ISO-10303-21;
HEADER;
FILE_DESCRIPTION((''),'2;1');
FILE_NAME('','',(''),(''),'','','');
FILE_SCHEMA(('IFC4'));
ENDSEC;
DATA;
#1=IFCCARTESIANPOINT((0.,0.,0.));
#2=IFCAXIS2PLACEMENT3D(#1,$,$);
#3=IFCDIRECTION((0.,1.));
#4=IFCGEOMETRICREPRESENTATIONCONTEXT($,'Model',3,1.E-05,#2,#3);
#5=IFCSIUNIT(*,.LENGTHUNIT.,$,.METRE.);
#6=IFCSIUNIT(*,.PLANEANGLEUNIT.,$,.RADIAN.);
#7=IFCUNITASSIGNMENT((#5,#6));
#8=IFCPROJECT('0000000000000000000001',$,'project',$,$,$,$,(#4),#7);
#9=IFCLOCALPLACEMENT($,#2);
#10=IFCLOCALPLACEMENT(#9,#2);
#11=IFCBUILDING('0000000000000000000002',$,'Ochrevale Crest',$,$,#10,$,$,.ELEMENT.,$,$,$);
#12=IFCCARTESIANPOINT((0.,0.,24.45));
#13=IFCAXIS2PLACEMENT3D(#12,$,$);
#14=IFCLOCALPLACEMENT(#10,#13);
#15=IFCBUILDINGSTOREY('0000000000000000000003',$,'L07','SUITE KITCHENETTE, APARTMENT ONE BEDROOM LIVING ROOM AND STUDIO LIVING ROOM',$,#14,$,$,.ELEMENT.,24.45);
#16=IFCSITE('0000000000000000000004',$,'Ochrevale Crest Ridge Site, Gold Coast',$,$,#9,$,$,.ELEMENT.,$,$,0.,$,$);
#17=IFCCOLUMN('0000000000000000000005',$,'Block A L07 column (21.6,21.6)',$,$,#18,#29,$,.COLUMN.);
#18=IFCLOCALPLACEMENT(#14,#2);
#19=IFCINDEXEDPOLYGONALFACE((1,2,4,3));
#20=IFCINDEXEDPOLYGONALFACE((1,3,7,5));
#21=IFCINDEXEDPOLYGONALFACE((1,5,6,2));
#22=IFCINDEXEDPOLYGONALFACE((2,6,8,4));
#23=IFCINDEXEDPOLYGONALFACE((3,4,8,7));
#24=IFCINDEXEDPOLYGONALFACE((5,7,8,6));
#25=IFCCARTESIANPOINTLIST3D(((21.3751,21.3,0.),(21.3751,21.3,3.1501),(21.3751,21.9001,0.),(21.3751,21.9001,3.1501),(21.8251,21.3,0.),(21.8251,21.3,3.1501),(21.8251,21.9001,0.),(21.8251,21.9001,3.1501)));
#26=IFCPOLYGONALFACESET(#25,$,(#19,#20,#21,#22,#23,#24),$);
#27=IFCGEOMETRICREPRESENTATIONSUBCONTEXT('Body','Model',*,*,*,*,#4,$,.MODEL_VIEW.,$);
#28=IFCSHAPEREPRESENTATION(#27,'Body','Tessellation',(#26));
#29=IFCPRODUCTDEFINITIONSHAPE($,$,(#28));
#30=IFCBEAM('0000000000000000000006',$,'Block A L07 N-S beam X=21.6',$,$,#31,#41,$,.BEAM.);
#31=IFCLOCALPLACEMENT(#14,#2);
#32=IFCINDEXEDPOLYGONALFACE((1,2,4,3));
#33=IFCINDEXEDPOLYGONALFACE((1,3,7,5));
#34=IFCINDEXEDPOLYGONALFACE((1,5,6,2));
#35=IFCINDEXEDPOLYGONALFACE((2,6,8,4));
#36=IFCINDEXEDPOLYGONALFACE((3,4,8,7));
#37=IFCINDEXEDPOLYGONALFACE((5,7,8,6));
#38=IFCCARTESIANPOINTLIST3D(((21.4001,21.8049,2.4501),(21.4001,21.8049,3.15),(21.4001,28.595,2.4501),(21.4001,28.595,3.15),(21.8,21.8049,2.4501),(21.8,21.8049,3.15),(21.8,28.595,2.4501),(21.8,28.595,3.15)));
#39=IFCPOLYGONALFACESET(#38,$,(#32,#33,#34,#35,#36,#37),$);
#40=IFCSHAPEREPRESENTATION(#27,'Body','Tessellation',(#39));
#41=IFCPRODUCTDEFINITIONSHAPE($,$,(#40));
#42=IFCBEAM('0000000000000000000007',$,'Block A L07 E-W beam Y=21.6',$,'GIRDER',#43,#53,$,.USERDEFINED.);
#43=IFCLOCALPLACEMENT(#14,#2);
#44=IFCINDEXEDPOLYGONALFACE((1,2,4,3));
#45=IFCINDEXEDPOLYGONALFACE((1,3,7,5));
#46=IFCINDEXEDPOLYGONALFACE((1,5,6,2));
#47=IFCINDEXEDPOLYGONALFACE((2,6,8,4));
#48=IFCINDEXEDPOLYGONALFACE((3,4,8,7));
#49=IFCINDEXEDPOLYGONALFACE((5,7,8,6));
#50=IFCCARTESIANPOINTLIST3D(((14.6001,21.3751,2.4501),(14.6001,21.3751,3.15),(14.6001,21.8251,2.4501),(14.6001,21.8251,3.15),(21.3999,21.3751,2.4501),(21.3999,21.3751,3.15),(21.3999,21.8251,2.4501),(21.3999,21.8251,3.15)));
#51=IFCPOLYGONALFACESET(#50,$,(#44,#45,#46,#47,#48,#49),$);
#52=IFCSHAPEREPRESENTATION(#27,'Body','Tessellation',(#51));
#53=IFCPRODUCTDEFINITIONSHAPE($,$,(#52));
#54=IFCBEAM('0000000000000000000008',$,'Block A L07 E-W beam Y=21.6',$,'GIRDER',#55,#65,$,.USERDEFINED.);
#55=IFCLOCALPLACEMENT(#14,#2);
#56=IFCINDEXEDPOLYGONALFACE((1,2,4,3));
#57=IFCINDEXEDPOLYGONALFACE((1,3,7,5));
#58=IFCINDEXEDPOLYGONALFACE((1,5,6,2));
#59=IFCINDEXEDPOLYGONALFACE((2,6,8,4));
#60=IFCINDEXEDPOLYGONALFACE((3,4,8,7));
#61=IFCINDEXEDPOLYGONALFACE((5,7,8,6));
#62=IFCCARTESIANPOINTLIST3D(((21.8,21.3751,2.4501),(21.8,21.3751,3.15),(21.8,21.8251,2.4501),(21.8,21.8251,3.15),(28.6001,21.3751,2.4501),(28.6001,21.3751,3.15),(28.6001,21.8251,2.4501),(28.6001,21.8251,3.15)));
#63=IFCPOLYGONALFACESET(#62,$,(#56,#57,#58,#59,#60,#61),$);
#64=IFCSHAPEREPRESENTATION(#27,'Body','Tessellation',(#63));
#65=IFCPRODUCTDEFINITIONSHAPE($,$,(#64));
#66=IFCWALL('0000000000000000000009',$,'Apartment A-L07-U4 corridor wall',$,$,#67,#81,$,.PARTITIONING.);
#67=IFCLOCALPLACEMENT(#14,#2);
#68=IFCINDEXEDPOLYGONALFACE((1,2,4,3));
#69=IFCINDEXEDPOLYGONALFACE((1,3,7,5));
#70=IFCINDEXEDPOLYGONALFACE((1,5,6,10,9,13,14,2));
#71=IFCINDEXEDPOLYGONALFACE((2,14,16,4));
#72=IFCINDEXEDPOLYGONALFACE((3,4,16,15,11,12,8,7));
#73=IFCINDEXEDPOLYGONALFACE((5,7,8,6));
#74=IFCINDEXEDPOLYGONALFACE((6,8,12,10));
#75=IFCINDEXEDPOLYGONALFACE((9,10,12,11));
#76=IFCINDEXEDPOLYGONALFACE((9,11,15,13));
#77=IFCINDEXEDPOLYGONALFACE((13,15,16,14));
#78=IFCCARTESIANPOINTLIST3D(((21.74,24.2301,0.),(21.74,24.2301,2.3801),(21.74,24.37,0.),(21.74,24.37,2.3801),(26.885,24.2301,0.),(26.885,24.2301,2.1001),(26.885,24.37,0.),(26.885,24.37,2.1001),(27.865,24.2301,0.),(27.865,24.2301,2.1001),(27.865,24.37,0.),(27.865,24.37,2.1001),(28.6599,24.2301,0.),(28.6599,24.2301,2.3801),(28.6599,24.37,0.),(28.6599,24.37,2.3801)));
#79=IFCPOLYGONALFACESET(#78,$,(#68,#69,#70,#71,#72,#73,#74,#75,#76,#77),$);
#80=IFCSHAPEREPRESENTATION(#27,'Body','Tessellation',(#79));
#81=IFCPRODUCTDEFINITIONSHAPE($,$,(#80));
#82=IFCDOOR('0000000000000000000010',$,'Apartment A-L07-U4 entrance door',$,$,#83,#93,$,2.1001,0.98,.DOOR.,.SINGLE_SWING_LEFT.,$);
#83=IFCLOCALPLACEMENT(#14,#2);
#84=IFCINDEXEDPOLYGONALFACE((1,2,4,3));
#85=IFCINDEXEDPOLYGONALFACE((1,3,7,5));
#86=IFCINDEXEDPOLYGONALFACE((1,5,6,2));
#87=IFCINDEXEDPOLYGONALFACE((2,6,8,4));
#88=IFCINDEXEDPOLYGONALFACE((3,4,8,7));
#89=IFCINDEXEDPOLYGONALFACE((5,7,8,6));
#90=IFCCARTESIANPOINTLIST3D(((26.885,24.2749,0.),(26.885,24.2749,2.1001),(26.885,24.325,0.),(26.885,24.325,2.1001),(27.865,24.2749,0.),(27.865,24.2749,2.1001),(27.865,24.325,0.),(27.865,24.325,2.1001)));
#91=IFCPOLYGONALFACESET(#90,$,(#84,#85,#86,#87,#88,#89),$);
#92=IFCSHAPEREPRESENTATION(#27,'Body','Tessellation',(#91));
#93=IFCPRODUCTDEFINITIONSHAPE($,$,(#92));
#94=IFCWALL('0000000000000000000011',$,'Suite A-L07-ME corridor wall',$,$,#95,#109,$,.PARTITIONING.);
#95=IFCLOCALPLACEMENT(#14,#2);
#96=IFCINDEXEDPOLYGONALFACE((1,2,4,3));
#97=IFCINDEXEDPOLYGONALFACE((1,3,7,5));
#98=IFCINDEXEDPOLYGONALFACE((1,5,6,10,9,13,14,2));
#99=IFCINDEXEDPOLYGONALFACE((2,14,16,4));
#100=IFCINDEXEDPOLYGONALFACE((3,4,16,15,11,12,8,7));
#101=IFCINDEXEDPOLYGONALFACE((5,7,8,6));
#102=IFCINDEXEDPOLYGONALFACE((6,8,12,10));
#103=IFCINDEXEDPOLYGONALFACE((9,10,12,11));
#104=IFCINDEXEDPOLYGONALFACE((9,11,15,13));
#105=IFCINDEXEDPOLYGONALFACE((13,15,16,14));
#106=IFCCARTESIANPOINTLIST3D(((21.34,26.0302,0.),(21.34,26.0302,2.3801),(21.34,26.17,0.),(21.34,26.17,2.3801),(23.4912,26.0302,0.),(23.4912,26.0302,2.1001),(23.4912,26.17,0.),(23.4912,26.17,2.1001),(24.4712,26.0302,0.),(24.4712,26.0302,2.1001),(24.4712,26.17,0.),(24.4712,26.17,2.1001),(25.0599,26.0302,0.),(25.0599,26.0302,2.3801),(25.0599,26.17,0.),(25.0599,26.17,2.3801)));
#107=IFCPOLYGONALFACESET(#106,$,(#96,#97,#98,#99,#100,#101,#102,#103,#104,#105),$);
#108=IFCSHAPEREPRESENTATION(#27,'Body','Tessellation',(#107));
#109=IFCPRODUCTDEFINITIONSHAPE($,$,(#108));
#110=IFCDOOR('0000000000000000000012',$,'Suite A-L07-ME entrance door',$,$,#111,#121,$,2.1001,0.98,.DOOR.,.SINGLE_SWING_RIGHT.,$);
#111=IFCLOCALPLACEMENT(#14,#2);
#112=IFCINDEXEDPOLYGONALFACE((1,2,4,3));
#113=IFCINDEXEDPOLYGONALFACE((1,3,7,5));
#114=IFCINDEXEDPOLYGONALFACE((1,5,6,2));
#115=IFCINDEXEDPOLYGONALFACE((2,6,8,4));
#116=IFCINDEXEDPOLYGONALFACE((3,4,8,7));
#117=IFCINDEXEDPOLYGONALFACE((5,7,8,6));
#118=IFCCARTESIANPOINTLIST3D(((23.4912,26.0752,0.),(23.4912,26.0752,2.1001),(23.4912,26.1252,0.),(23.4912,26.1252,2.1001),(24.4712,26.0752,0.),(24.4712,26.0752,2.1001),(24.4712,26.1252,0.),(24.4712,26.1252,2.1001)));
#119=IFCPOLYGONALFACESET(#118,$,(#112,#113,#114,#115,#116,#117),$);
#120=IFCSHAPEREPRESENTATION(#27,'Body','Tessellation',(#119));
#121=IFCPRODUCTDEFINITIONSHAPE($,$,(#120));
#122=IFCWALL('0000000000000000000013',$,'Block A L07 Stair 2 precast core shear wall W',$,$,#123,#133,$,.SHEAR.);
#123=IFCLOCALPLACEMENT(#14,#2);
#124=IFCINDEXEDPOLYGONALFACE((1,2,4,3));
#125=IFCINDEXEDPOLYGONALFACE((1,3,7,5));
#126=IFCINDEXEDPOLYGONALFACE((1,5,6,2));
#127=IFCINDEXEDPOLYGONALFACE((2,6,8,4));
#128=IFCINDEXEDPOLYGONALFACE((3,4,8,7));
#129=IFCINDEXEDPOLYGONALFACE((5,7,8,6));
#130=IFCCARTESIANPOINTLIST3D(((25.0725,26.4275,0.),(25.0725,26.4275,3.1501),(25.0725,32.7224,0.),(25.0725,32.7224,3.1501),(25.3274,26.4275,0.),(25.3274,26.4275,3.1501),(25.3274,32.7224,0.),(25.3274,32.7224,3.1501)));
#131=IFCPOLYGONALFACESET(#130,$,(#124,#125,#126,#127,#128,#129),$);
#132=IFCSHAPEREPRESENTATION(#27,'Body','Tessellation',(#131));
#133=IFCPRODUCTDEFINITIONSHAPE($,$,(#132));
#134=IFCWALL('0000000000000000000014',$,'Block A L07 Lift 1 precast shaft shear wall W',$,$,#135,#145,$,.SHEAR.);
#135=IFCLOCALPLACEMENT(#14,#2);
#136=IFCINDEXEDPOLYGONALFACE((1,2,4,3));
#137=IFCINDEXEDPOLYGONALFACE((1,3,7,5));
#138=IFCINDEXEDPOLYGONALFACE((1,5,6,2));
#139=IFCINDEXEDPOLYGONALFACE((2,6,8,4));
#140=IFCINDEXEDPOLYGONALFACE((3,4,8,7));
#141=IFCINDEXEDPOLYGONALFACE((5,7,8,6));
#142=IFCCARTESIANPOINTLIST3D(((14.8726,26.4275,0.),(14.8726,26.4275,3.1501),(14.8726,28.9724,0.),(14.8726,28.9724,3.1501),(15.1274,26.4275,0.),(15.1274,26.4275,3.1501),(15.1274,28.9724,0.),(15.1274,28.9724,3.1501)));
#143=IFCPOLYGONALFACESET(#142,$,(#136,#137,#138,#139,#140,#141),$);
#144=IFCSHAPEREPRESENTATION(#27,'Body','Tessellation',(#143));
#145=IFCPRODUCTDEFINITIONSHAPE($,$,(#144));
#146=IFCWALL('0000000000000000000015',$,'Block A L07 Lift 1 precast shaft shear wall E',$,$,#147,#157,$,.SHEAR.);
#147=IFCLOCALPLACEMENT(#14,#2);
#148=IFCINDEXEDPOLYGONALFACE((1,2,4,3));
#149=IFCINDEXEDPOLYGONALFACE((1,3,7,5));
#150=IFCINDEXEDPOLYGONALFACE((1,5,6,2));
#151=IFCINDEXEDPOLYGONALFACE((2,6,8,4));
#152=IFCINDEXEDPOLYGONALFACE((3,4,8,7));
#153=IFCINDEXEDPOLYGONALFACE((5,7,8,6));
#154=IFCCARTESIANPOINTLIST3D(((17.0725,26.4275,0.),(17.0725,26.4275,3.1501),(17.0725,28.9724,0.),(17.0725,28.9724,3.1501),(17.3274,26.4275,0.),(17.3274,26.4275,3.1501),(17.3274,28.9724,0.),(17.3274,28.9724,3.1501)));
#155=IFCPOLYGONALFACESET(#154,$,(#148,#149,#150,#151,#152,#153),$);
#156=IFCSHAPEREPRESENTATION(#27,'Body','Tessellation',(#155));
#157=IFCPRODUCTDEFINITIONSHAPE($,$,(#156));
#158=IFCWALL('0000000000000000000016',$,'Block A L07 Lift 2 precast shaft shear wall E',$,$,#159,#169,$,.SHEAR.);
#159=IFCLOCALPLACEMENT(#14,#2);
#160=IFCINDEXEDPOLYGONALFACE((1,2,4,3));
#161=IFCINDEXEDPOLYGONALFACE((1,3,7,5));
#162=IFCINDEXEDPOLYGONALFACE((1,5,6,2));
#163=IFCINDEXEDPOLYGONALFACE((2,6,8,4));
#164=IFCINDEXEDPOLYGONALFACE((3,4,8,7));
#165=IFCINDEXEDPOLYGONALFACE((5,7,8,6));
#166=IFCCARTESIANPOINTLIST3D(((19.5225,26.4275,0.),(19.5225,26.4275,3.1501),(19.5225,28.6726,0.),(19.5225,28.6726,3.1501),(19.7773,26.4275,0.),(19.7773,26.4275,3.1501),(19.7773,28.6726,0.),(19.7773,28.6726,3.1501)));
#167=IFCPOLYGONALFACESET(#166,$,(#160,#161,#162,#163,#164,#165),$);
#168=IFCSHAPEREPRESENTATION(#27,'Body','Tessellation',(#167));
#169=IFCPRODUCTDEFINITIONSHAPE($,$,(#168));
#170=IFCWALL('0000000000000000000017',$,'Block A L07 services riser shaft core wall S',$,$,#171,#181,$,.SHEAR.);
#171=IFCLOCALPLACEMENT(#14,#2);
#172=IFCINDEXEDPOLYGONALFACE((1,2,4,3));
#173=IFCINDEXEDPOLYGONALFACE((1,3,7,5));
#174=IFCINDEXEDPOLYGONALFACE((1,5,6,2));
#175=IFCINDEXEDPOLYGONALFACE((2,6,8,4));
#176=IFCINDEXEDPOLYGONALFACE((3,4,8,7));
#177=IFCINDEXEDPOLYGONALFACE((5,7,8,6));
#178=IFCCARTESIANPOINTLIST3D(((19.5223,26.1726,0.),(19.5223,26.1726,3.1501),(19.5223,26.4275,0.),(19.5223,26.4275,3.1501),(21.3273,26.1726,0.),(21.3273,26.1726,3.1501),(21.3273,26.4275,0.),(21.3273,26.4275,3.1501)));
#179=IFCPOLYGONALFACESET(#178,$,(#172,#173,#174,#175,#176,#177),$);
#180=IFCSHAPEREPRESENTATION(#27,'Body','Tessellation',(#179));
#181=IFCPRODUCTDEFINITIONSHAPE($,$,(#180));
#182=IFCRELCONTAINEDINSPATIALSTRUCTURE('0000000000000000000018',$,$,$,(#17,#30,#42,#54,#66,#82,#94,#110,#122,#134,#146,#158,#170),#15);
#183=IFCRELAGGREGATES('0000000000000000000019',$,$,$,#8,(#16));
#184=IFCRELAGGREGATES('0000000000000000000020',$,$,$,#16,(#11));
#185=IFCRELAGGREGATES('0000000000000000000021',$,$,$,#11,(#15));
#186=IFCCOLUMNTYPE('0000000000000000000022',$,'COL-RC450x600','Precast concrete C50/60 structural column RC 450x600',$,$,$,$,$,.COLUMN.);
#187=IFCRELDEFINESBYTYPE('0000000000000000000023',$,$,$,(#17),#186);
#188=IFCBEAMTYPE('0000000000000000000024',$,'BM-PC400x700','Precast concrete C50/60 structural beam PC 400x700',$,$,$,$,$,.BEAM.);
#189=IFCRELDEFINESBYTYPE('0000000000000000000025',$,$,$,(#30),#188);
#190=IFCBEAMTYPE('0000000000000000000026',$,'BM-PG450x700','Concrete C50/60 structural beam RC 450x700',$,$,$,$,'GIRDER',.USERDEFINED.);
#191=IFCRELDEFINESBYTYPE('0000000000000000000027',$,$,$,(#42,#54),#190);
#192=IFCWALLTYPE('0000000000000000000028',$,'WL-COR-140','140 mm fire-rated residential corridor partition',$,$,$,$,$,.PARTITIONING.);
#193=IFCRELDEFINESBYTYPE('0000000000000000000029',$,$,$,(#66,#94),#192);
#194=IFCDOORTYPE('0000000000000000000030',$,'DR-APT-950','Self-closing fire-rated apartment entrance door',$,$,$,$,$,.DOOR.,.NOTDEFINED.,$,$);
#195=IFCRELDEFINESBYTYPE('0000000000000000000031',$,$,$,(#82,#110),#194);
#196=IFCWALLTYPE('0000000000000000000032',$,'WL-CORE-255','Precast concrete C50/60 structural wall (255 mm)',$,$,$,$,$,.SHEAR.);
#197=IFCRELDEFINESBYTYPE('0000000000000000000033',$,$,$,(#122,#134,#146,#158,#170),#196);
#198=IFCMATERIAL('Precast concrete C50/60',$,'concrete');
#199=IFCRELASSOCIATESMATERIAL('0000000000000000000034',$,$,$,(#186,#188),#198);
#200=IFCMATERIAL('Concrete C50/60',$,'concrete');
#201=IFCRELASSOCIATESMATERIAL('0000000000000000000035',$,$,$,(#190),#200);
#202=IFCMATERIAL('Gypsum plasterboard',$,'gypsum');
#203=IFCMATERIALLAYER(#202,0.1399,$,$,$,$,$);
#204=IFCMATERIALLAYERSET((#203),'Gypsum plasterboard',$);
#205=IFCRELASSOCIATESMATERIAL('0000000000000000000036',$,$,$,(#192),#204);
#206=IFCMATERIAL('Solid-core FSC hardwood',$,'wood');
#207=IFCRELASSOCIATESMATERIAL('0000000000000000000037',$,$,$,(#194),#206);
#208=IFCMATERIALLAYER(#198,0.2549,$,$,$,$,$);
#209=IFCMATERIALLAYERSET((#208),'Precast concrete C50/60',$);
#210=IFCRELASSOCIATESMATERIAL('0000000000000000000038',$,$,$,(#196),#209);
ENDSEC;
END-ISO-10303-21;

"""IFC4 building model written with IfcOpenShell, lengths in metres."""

from ifc_helpers import new_model, si_unit, direction, frame, frame_2d, origin, origin_2d, place, context, subcontext, project, spatial, rectangle, extrude, material, layer, layer_set, material_profile, profile_set, type_object, element, fill, save


model = new_model("IFC4")

# Units and contexts
model_context = context("Model", 3, precision=1e-05, world=origin(), true_north=direction((0.0, 1.0)))
body_context = subcontext(model_context, "Body", "Model", "MODEL_VIEW")
ifc_project = project(units=[si_unit("LENGTHUNIT", "METRE"), si_unit("PLANEANGLEUNIT", "RADIAN")], contexts=[model_context])

# Site, building, storey
site_placement = place(None, origin())
site = spatial("IfcSite", under=ifc_project, at=site_placement, Name="Ochrevale Crest Ridge Site, Gold Coast", CompositionType="ELEMENT", RefElevation=0.0)
building_placement = place(site_placement, origin())
building = spatial("IfcBuilding", under=site, at=building_placement, Name="Ochrevale Crest", CompositionType="ELEMENT")
storey_placement = place(building_placement, frame((0.0, 0.0, 24.45)))
storey = spatial("IfcBuildingStorey", under=building, at=storey_placement, Name="L07", Description="SUITE KITCHENETTE, APARTMENT ONE BEDROOM LIVING ROOM AND STUDIO LIVING ROOM", CompositionType="ELEMENT", Elevation=24.45)

# Column
ifc_material_1 = material(Name="Precast concrete C50/60", Category="concrete")
ifc_material_profile_1 = material_profile(ifc_material_1, rectangle(XDim=0.45, YDim=0.6001, at=origin_2d()), Name="RC 450x600")
ifc_profile_set_1 = profile_set([ifc_material_profile_1], Name="Precast concrete C50/60")
column_type = type_object("IfcColumnType", Name="COL-RC450x600", Description="Precast concrete C50/60 structural column RC 450x600", PredefinedType="COLUMN", material=ifc_profile_set_1)
column_placement = place(storey_placement, frame((21.6001, 21.6001, 0.0), z_axis=(0.0, 0.0, 1.0), x_axis=(1.0, 0.0, 0.0)))
element("IfcColumn", 1, at=column_placement, inside=storey, type_object=column_type, Name="Block A L07 column (21.6,21.6)", PredefinedType="COLUMN", context=body_context, shape_type="SweptSolid", body=[
    extrude(rectangle(XDim=0.45, YDim=0.6001, at=origin_2d()), origin(), (0.0, 0.0, 1.0), 3.1501),
])

# Beams
ifc_material_profile_2 = material_profile(ifc_material_1, rectangle(XDim=0.3999, YDim=0.7, at=origin_2d()), Name="PC 400x700")
ifc_profile_set_2 = profile_set([ifc_material_profile_2], Name="Precast concrete C50/60")
beam_type_1 = type_object("IfcBeamType", Name="BM-PC400x700", Description="Precast concrete C50/60 structural beam PC 400x700", PredefinedType="BEAM", material=ifc_profile_set_2)
beam_1_placement = place(storey_placement, frame((21.6001, 21.8049, 2.8), z_axis=(0.0, 1.0, 0.0), x_axis=(-1.0, 0.0, 0.0)))
element("IfcBeam", 2, at=beam_1_placement, inside=storey, type_object=beam_type_1, Name="Block A L07 N-S beam X=21.6", PredefinedType="BEAM", context=body_context, shape_type="SweptSolid", body=[
    extrude(rectangle(XDim=0.3999, YDim=0.7, at=origin_2d()), origin(), (0.0, 0.0, 1.0), 6.79),
])
ifc_material_2 = material(Name="Concrete C50/60", Category="concrete")
ifc_material_profile_3 = material_profile(ifc_material_2, rectangle(XDim=0.45, YDim=0.7, at=origin_2d()), Name="RC 450x700")
ifc_profile_set_3 = profile_set([ifc_material_profile_3], Name="Concrete C50/60")
beam_type_2 = type_object("IfcBeamType", Name="BM-PG450x700", Description="Concrete C50/60 structural beam RC 450x700", ElementType="GIRDER", PredefinedType="USERDEFINED", material=ifc_profile_set_3)
beam_2_placement = place(storey_placement, frame((14.6001, 21.6001, 2.8), z_axis=(1.0, 0.0, 0.0), x_axis=(0.0, 1.0, 0.0)))
element("IfcBeam", 3, at=beam_2_placement, inside=storey, type_object=beam_type_2, Name="Block A L07 E-W beam Y=21.6", ObjectType="GIRDER", PredefinedType="USERDEFINED", context=body_context, shape_type="SweptSolid", body=[
    extrude(rectangle(XDim=0.45, YDim=0.7, at=origin_2d()), origin(), (0.0, 0.0, 1.0), 6.7998),
])
beam_3_placement = place(storey_placement, frame((21.8, 21.6001, 2.8), z_axis=(1.0, 0.0, 0.0), x_axis=(0.0, 1.0, 0.0)))
element("IfcBeam", 4, at=beam_3_placement, inside=storey, type_object=beam_type_2, Name="Block A L07 E-W beam Y=21.6", ObjectType="GIRDER", PredefinedType="USERDEFINED", context=body_context, shape_type="SweptSolid", body=[
    extrude(rectangle(XDim=0.45, YDim=0.7, at=origin_2d()), origin(), (0.0, 0.0, 1.0), 6.8),
])

# Walls, openings, doors
ifc_material_3 = material(Name="Gypsum plasterboard", Category="gypsum")
ifc_layer_1 = layer(ifc_material_3, 0.1399)
ifc_layer_set_1 = layer_set([ifc_layer_1], Name="Gypsum plasterboard")
wall_type_1 = type_object("IfcWallType", Name="WL-COR-140", Description="140 mm fire-rated residential corridor partition", PredefinedType="PARTITIONING", material=ifc_layer_set_1)
wall_1_placement = place(storey_placement, frame((21.74, 24.3, 0.0), z_axis=(0.0, 0.0, 1.0), x_axis=(1.0, 0.0, 0.0)))
wall_1 = element("IfcWall", 5, at=wall_1_placement, inside=storey, type_object=wall_type_1, Name="Apartment A-L07-U4 corridor wall", PredefinedType="PARTITIONING", context=body_context, shape_type="SweptSolid", body=[
    extrude(rectangle(XDim=6.9199, YDim=0.1399, at=frame_2d((3.46, 0.0))), origin(), (0.0, 0.0, 1.0), 2.3801),
])
opening_1_placement = place(wall_1_placement, frame((5.145, 0.0, 0.0)))
opening_1 = element("IfcOpeningElement", 6, at=opening_1_placement, cuts=wall_1, PredefinedType="OPENING", context=body_context, shape_type="SweptSolid", body=[
    extrude(rectangle(XDim=0.98, YDim=2.1001, at=frame_2d((0.49, 1.05))), frame((0.0, 0.0801, 0.0), z_axis=(0.0, -1.0, 0.0), x_axis=(1.0, 0.0, 0.0)), (0.0, 0.0, 1.0), 0.1599),
])
ifc_material_4 = material(Name="Solid-core FSC hardwood", Category="wood")
door_type_1 = type_object("IfcDoorType", Name="DR-APT-950", Description="Self-closing fire-rated apartment entrance door", OperationType="NOTDEFINED", PredefinedType="DOOR", material=ifc_material_4)
door_1_placement = place(opening_1_placement, origin())
door_1 = element("IfcDoor", 7, at=door_1_placement, inside=storey, type_object=door_type_1, Name="Apartment A-L07-U4 entrance door", OperationType="SINGLE_SWING_LEFT", OverallHeight=2.1001, OverallWidth=0.98, PredefinedType="DOOR", context=body_context, shape_type="SweptSolid", body=[
    extrude(rectangle(XDim=0.98, YDim=2.1001, at=frame_2d((0.49, 1.05))), frame((0.0, 0.0249, 0.0), z_axis=(0.0, -1.0, 0.0), x_axis=(1.0, 0.0, 0.0)), (0.0, 0.0, 1.0), 0.05),
])
fill(opening_1, door_1)
wall_2_placement = place(storey_placement, frame((21.3401, 26.1001, 0.0), z_axis=(0.0, 0.0, 1.0), x_axis=(1.0, 0.0, 0.0)))
wall_2 = element("IfcWall", 8, at=wall_2_placement, inside=storey, type_object=wall_type_1, Name="Suite A-L07-ME corridor wall", PredefinedType="PARTITIONING", context=body_context, shape_type="SweptSolid", body=[
    extrude(rectangle(XDim=3.72, YDim=0.1399, at=frame_2d((1.8599, 0.0))), origin(), (0.0, 0.0, 1.0), 2.3801),
])
opening_2_placement = place(wall_2_placement, frame((3.1311, 0.0, 0.0), z_axis=(0.0, 0.0, 1.0), x_axis=(-1.0, 0.0, 0.0)))
opening_2 = element("IfcOpeningElement", 9, at=opening_2_placement, cuts=wall_2, PredefinedType="OPENING", context=body_context, shape_type="SweptSolid", body=[
    extrude(rectangle(XDim=0.98, YDim=2.1001, at=frame_2d((0.49, 1.05))), frame((0.0, 0.0801, 0.0), z_axis=(0.0, -1.0, 0.0), x_axis=(1.0, 0.0, 0.0)), (0.0, 0.0, 1.0), 0.1599),
])
door_2_placement = place(opening_2_placement, origin())
door_2 = element("IfcDoor", 10, at=door_2_placement, inside=storey, type_object=door_type_1, Name="Suite A-L07-ME entrance door", OperationType="SINGLE_SWING_RIGHT", OverallHeight=2.1001, OverallWidth=0.98, PredefinedType="DOOR", context=body_context, shape_type="SweptSolid", body=[
    extrude(rectangle(XDim=0.98, YDim=2.1001, at=frame_2d((0.49, 1.05))), frame((0.0, 0.0249, 0.0), z_axis=(0.0, -1.0, 0.0), x_axis=(1.0, 0.0, 0.0)), (0.0, 0.0, 1.0), 0.05),
])
fill(opening_2, door_2)
ifc_layer_2 = layer(ifc_material_1, 0.2549)
ifc_layer_set_2 = layer_set([ifc_layer_2], Name="Precast concrete C50/60")
wall_type_2 = type_object("IfcWallType", Name="WL-CORE-255", Description="Precast concrete C50/60 structural wall (255 mm)", PredefinedType="SHEAR", material=ifc_layer_set_2)

# Wall
wall_3_placement = place(storey_placement, frame((25.2, 26.4275, 0.0), z_axis=(0.0, 0.0, 1.0), x_axis=(0.0, 1.0, 0.0)))
element("IfcWall", 11, at=wall_3_placement, inside=storey, type_object=wall_type_2, Name="Block A L07 Stair 2 precast core shear wall W", PredefinedType="SHEAR", context=body_context, shape_type="SweptSolid", body=[
    extrude(rectangle(XDim=6.2949, YDim=0.2549, at=frame_2d((3.1475, 0.0))), origin(), (0.0, 0.0, 1.0), 3.1501),
])

# Walls
for number, where, z_axis, x_axis, name in (
    (12, (15.0, 26.4275, 0.0), (0.0, 0.0, 1.0), (0.0, 1.0, 0.0), "Block A L07 Lift 1 precast shaft shear wall W"),
    (13, (17.2, 26.4275, 0.0), (0.0, 0.0, 1.0), (0.0, 1.0, 0.0), "Block A L07 Lift 1 precast shaft shear wall E"),
):
    element("IfcWall", number, at=place(storey_placement, frame(where, z_axis=z_axis, x_axis=x_axis)), inside=storey, type_object=wall_type_2, Name=name, PredefinedType="SHEAR", context=body_context, shape_type="SweptSolid", body=[
        extrude(rectangle(XDim=2.5449, YDim=0.2549, at=frame_2d((1.2725, 0.0))), origin(), (0.0, 0.0, 1.0), 3.1501),
    ])

# Walls
wall_4_placement = place(storey_placement, frame((19.6499, 26.4275, 0.0), z_axis=(0.0, 0.0, 1.0), x_axis=(0.0, 1.0, 0.0)))
element("IfcWall", 14, at=wall_4_placement, inside=storey, type_object=wall_type_2, Name="Block A L07 Lift 2 precast shaft shear wall E", PredefinedType="SHEAR", context=body_context, shape_type="SweptSolid", body=[
    extrude(rectangle(XDim=2.2451, YDim=0.2549, at=frame_2d((1.1226, 0.0))), origin(), (0.0, 0.0, 1.0), 3.1501),
])
wall_5_placement = place(storey_placement, frame((19.5225, 26.3, 0.0), z_axis=(0.0, 0.0, 1.0), x_axis=(1.0, 0.0, 0.0)))
element("IfcWall", 15, at=wall_5_placement, inside=storey, type_object=wall_type_2, Name="Block A L07 services riser shaft core wall S", PredefinedType="SHEAR", context=body_context, shape_type="SweptSolid", body=[
    extrude(rectangle(XDim=1.8049, YDim=0.2549, at=frame_2d((0.9023, 0.0))), origin(), (0.0, 0.0, 1.0), 3.1501),
])

save(model, "model.ifc")
